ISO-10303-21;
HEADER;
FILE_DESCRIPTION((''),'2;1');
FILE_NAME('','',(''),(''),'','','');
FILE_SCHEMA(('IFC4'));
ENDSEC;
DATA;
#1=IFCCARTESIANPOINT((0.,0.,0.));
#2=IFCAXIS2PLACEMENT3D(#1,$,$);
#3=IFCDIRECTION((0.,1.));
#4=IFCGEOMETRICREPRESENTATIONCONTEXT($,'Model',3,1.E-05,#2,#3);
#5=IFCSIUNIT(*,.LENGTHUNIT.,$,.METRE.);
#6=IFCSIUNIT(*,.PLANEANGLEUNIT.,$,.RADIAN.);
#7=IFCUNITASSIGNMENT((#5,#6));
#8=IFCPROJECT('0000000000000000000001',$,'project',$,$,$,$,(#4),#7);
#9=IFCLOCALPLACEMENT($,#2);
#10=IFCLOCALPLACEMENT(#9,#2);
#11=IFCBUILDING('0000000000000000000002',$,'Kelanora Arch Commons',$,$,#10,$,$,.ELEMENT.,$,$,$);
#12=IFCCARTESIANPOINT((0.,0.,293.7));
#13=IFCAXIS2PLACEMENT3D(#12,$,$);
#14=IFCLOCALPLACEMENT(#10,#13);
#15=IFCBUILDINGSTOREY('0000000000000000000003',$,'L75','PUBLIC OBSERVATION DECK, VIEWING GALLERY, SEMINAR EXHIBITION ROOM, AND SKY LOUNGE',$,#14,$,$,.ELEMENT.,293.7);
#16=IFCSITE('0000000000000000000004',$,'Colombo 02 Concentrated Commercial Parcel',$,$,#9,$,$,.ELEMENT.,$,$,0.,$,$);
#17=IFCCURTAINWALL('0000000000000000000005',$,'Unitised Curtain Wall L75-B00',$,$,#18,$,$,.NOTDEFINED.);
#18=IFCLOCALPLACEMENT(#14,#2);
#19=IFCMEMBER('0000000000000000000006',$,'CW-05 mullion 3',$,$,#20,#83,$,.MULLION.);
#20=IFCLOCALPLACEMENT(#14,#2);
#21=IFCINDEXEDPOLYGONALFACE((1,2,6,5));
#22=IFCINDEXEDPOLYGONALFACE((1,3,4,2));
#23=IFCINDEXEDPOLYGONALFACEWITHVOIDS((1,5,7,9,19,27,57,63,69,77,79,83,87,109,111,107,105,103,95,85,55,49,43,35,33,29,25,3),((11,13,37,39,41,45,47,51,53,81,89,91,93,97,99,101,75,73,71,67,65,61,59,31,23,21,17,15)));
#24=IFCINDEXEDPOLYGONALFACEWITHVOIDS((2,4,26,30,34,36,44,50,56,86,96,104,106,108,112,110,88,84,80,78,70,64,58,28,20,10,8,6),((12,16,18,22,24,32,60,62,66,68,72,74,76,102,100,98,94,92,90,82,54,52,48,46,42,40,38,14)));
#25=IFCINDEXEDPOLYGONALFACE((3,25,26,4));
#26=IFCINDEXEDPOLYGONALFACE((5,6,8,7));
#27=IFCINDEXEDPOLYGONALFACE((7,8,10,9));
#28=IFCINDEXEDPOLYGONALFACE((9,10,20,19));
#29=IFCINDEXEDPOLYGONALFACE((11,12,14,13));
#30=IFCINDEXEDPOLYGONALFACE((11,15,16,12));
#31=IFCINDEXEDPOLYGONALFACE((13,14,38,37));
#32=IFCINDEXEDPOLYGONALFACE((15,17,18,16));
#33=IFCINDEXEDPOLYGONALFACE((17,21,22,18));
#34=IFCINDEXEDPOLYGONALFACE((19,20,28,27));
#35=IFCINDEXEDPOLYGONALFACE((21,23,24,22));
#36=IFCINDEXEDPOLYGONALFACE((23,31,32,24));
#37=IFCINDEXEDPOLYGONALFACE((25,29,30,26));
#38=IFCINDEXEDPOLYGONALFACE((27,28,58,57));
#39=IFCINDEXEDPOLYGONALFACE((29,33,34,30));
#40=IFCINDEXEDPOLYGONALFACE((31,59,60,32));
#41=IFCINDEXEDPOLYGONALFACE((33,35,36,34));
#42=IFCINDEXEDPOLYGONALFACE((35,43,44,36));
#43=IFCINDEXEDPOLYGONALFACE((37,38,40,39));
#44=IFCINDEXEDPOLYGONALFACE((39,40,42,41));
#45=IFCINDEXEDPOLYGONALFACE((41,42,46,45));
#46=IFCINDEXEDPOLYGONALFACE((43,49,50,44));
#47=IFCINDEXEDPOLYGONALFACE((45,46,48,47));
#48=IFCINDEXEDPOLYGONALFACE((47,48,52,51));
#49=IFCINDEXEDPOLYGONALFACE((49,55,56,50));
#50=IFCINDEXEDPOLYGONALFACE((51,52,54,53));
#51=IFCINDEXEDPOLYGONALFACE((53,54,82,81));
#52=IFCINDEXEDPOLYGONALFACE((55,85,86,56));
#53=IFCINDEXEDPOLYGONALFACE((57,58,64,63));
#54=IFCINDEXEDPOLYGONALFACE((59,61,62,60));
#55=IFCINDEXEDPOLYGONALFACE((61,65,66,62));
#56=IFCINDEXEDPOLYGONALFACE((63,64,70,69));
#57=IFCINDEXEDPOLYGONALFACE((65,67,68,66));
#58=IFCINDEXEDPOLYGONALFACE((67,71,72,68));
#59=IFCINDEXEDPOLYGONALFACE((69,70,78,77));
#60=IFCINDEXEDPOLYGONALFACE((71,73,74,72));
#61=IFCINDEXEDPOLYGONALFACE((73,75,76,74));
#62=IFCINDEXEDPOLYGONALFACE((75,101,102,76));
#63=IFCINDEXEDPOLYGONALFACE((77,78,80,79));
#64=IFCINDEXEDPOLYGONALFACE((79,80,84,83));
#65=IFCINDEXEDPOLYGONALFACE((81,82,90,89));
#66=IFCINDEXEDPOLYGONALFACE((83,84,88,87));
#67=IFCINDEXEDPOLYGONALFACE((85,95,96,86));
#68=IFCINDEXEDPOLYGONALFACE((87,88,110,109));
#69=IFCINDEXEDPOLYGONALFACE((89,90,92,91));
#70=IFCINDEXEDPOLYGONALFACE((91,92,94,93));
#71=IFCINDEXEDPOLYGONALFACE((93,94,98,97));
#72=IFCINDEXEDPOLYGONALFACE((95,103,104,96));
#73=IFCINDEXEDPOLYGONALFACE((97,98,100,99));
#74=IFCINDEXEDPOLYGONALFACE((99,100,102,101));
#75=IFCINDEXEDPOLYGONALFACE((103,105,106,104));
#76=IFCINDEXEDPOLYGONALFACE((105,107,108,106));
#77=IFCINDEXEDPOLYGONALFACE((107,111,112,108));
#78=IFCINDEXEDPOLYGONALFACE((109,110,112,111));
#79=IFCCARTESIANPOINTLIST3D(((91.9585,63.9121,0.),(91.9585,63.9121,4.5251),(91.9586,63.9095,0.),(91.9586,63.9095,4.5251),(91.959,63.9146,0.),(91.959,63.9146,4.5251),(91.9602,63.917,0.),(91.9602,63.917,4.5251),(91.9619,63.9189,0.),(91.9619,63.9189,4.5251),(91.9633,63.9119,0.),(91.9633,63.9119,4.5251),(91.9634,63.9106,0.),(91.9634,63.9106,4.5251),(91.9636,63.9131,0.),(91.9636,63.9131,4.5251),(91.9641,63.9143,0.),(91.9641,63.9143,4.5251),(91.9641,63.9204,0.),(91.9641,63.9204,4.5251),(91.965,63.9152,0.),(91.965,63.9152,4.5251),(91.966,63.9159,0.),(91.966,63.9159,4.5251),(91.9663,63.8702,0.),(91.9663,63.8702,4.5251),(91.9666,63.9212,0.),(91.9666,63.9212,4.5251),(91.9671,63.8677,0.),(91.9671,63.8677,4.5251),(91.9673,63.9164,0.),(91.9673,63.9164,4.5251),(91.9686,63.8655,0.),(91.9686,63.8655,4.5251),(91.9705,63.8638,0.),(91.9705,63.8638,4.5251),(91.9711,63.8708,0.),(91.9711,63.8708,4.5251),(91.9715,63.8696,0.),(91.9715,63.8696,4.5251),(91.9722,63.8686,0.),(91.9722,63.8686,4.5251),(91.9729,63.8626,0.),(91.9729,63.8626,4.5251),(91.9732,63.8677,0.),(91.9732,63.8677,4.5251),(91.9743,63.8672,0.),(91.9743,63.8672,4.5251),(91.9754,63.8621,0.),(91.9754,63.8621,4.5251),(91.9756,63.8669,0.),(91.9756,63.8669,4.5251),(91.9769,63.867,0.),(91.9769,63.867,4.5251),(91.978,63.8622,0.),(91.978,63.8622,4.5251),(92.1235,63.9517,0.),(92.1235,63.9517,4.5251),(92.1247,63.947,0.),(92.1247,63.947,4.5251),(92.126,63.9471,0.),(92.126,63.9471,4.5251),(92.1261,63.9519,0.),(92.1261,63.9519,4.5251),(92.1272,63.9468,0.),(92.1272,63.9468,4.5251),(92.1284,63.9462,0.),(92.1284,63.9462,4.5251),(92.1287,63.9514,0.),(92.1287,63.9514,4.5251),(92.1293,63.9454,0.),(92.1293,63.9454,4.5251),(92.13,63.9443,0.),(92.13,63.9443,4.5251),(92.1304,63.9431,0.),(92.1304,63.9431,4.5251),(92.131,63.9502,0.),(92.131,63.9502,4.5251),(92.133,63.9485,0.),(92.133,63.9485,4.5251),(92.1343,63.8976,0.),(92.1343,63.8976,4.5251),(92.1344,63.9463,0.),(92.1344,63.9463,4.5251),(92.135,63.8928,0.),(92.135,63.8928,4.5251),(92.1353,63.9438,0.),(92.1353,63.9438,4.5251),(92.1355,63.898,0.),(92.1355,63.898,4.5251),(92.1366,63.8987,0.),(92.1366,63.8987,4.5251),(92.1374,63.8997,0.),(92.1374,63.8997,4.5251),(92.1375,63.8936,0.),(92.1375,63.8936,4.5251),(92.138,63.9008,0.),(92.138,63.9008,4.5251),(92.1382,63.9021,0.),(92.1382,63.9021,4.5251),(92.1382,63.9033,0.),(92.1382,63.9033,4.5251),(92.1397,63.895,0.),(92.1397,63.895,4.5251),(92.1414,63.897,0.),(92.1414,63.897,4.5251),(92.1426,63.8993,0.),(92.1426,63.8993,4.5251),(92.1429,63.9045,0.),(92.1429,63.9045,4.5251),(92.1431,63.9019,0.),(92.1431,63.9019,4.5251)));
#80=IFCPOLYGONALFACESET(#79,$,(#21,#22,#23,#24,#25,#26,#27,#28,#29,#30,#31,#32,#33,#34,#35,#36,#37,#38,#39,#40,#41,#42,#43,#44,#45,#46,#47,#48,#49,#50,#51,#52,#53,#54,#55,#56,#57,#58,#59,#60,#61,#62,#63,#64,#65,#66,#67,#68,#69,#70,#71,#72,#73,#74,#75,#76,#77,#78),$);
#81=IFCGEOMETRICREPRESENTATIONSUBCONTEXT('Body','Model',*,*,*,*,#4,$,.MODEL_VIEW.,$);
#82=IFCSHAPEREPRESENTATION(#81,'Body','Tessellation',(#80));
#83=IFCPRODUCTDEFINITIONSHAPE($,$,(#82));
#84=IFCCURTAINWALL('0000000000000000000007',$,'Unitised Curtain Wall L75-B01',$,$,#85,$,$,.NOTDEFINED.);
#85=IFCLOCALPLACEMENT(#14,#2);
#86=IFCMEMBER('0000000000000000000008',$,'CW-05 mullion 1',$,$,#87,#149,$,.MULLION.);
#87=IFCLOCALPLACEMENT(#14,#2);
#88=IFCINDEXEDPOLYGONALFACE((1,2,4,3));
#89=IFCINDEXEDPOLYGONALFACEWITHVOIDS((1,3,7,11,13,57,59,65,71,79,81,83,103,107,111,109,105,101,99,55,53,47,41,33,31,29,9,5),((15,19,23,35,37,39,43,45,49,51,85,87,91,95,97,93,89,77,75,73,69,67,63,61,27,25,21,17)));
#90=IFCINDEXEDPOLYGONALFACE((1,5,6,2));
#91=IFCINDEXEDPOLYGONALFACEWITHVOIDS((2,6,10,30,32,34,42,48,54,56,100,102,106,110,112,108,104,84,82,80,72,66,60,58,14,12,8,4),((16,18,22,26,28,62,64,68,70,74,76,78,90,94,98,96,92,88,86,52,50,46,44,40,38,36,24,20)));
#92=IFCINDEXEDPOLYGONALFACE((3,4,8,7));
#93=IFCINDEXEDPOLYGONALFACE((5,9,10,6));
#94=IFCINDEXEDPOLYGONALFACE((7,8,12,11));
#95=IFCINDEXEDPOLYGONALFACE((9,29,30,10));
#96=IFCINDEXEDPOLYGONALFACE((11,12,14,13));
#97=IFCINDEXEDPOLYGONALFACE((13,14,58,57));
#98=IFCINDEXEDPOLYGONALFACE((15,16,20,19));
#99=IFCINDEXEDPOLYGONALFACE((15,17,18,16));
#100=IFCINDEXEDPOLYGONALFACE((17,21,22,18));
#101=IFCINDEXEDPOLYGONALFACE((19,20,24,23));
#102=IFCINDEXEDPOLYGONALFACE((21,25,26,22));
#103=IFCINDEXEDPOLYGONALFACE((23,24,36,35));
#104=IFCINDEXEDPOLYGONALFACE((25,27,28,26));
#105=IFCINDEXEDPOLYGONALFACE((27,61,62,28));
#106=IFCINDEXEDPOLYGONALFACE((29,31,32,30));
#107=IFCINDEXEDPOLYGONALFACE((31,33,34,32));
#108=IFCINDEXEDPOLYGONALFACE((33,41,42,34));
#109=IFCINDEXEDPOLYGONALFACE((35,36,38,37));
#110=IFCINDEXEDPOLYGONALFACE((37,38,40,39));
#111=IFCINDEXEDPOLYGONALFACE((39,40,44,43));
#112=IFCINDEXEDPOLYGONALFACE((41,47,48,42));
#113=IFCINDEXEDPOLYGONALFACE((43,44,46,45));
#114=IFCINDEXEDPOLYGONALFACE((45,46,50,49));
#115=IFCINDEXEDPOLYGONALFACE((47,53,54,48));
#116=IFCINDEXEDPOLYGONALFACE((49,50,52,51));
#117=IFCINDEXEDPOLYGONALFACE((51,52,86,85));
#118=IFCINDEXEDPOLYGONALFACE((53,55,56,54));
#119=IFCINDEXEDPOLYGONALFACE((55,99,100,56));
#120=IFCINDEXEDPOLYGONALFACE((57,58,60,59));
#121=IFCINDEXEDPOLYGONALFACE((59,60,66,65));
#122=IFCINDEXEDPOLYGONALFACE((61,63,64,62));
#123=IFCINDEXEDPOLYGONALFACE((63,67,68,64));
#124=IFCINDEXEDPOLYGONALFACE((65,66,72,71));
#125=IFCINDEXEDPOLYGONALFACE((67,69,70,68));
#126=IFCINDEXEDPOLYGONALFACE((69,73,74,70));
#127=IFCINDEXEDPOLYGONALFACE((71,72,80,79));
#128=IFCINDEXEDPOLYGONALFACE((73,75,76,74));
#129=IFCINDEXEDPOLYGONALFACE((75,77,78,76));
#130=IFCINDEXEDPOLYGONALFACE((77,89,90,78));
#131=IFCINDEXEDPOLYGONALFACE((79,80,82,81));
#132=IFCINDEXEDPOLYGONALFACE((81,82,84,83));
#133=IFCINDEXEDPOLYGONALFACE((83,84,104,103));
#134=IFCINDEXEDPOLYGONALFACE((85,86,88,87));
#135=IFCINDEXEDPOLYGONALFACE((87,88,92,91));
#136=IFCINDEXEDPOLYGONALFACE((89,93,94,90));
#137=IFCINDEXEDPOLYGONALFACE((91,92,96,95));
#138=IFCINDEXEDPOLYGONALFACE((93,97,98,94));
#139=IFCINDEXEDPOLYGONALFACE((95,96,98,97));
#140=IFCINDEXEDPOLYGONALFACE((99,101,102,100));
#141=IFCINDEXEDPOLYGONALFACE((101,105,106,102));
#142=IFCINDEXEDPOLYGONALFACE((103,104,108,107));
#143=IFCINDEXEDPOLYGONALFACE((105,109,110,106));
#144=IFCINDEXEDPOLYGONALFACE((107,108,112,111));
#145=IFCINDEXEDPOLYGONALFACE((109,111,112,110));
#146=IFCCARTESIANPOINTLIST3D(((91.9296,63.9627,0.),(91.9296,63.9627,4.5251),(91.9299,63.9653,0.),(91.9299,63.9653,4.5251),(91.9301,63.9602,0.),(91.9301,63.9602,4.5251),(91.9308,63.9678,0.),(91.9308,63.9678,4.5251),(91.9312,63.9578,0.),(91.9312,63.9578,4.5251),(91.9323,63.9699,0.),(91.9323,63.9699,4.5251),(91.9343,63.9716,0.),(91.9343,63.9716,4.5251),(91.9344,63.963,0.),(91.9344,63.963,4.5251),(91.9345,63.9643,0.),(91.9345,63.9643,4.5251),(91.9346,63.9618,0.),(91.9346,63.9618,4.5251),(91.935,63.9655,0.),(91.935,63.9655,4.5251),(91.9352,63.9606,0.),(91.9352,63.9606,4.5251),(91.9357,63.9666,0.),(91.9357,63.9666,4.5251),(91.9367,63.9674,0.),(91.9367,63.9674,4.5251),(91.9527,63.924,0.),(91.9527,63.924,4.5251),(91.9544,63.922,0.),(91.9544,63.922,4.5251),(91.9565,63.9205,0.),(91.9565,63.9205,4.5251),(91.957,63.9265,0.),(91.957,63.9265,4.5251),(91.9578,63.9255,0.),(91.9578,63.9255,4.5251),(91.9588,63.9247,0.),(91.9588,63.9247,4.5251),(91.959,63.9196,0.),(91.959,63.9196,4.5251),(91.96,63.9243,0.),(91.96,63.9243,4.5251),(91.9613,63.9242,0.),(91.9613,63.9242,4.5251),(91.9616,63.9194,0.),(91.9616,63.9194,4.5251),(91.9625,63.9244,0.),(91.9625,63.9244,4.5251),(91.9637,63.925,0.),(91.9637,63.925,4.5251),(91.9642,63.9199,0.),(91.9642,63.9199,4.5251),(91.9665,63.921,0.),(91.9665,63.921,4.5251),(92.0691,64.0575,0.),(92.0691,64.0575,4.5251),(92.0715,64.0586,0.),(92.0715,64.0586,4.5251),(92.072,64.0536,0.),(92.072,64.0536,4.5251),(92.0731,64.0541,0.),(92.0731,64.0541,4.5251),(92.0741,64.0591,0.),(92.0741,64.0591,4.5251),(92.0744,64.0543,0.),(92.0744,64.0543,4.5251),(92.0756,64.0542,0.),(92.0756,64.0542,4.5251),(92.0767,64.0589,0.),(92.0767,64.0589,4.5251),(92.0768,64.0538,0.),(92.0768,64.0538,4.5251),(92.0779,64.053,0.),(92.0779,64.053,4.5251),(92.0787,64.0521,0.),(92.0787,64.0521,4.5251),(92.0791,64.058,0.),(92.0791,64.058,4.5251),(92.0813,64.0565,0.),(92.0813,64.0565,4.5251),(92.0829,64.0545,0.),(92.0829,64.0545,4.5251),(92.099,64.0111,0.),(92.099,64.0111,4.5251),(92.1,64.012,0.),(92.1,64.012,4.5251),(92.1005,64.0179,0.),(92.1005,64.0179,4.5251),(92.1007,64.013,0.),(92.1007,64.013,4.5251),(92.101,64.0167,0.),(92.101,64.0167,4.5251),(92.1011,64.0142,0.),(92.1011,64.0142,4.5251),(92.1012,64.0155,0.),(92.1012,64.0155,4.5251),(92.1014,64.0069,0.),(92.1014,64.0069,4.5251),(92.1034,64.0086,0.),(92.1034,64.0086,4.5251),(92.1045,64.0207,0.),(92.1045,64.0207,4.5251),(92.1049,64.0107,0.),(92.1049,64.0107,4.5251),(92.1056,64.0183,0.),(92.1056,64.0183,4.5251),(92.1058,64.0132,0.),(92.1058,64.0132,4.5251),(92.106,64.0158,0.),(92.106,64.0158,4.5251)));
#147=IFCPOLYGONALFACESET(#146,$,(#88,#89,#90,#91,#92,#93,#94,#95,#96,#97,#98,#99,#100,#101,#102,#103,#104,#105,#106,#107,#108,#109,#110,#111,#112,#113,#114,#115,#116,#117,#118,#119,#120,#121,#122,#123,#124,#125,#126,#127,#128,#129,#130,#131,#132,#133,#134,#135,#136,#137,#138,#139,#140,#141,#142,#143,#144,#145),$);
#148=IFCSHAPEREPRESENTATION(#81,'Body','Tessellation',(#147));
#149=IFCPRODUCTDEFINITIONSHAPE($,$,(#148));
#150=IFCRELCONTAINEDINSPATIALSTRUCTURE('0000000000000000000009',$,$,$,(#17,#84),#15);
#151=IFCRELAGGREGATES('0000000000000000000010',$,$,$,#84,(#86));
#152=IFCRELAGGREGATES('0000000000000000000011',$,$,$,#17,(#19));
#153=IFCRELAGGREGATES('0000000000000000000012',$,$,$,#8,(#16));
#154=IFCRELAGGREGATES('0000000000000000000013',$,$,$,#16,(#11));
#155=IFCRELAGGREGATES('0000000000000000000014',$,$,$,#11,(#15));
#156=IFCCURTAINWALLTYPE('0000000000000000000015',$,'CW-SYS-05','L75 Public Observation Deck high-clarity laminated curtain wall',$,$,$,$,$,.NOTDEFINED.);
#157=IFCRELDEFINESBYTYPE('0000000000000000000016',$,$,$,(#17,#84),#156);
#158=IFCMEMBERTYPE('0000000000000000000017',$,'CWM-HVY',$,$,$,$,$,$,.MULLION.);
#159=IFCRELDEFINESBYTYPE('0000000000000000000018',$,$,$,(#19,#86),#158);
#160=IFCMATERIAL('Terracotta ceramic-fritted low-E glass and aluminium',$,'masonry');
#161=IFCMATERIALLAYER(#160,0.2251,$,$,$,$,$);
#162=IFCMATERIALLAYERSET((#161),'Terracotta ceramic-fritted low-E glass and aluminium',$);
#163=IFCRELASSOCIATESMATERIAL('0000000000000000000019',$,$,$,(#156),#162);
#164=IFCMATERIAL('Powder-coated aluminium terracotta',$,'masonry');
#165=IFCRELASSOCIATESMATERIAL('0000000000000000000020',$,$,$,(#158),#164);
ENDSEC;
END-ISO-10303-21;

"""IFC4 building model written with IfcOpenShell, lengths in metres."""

from ifc_helpers import new_model, si_unit, direction, frame, origin, origin_2d, place, context, subcontext, project, spatial, hollow_rectangle, extrude, material, layer, layer_set, material_profile, profile_set, type_object, element, aggregate, save


model = new_model("IFC4")

# Units and contexts
model_context = context("Model", 3, precision=1e-05, world=origin(), true_north=direction((0.0, 1.0)))
body_context = subcontext(model_context, "Body", "Model", "MODEL_VIEW")
ifc_project = project(units=[si_unit("LENGTHUNIT", "METRE"), si_unit("PLANEANGLEUNIT", "RADIAN")], contexts=[model_context])

# Site, building, storey
site_placement = place(None, origin())
site = spatial("IfcSite", under=ifc_project, at=site_placement, Name="Colombo 02 Concentrated Commercial Parcel", CompositionType="ELEMENT", RefElevation=0.0)
building_placement = place(site_placement, origin())
building = spatial("IfcBuilding", under=site, at=building_placement, Name="Kelanora Arch Commons", CompositionType="ELEMENT")
storey_placement = place(building_placement, frame((0.0, 0.0, 293.7)))
storey = spatial("IfcBuildingStorey", under=building, at=storey_placement, Name="L75", Description="PUBLIC OBSERVATION DECK, VIEWING GALLERY, SEMINAR EXHIBITION ROOM, AND SKY LOUNGE", CompositionType="ELEMENT", Elevation=293.7)

# Curtain wall, member
ifc_material_1 = material(Name="Terracotta ceramic-fritted low-E glass and aluminium", Category="masonry")
ifc_layer_1 = layer(ifc_material_1, 0.2251)
ifc_layer_set_1 = layer_set([ifc_layer_1], Name="Terracotta ceramic-fritted low-E glass and aluminium")
curtain_wall_type = type_object("IfcCurtainWallType", Name="CW-SYS-05", Description="L75 Public Observation Deck high-clarity laminated curtain wall", PredefinedType="NOTDEFINED", material=ifc_layer_set_1)
curtain_wall_1_placement = place(storey_placement, origin())
curtain_wall_1 = element("IfcCurtainWall", 1, at=curtain_wall_1_placement, inside=storey, type_object=curtain_wall_type, Name="Unitised Curtain Wall L75-B00", PredefinedType="NOTDEFINED")
ifc_material_2 = material(Name="Powder-coated aluminium terracotta", Category="masonry")
ifc_material_profile_1 = material_profile(ifc_material_2, hollow_rectangle(XDim=0.1799, YDim=0.0601, WallThickness=0.0049, InnerFilletRadius=0.0049, OuterFilletRadius=0.01, at=origin_2d()), Name="CWM180x60")
ifc_profile_set_1 = profile_set([ifc_material_profile_1], Name="Powder-coated aluminium terracotta")
member_type_1 = type_object("IfcMemberType", Name="CWM-HVY", PredefinedType="MULLION", material=ifc_profile_set_1)
member_1_placement = place(storey_placement, frame((92.0508, 63.907, 0.0), z_axis=(0.0, 0.0, 1.0), x_axis=(-0.981596, -0.190972, 0.0)))
member_1 = element("IfcMember", 2, at=member_1_placement, type_object=member_type_1, Name="CW-05 mullion 3", PredefinedType="MULLION", context=body_context, shape_type="SweptSolid", body=[
    extrude(hollow_rectangle(XDim=0.1799, YDim=0.0601, WallThickness=0.0049, InnerFilletRadius=0.0049, OuterFilletRadius=0.01, at=origin_2d()), origin(), (0.0, 0.0, 1.0), 4.5251),
])

# Curtain wall, member
curtain_wall_2_placement = place(storey_placement, origin())
curtain_wall_2 = element("IfcCurtainWall", 3, at=curtain_wall_2_placement, inside=storey, type_object=curtain_wall_type, Name="Unitised Curtain Wall L75-B01", PredefinedType="NOTDEFINED")
member_2_placement = place(storey_placement, frame((92.0178, 63.9893, 0.0), z_axis=(0.0, 0.0, 1.0), x_axis=(-0.843391, -0.5373, 0.0)))
member_2 = element("IfcMember", 4, at=member_2_placement, type_object=member_type_1, Name="CW-05 mullion 1", PredefinedType="MULLION", context=body_context, shape_type="SweptSolid", body=[
    extrude(hollow_rectangle(XDim=0.1799, YDim=0.0601, WallThickness=0.0049, InnerFilletRadius=0.0049, OuterFilletRadius=0.01, at=origin_2d()), origin(), (0.0, 0.0, 1.0), 4.5251),
])

aggregate(curtain_wall_2, [member_2])

aggregate(curtain_wall_1, [member_1])

save(model, "model.ifc")
